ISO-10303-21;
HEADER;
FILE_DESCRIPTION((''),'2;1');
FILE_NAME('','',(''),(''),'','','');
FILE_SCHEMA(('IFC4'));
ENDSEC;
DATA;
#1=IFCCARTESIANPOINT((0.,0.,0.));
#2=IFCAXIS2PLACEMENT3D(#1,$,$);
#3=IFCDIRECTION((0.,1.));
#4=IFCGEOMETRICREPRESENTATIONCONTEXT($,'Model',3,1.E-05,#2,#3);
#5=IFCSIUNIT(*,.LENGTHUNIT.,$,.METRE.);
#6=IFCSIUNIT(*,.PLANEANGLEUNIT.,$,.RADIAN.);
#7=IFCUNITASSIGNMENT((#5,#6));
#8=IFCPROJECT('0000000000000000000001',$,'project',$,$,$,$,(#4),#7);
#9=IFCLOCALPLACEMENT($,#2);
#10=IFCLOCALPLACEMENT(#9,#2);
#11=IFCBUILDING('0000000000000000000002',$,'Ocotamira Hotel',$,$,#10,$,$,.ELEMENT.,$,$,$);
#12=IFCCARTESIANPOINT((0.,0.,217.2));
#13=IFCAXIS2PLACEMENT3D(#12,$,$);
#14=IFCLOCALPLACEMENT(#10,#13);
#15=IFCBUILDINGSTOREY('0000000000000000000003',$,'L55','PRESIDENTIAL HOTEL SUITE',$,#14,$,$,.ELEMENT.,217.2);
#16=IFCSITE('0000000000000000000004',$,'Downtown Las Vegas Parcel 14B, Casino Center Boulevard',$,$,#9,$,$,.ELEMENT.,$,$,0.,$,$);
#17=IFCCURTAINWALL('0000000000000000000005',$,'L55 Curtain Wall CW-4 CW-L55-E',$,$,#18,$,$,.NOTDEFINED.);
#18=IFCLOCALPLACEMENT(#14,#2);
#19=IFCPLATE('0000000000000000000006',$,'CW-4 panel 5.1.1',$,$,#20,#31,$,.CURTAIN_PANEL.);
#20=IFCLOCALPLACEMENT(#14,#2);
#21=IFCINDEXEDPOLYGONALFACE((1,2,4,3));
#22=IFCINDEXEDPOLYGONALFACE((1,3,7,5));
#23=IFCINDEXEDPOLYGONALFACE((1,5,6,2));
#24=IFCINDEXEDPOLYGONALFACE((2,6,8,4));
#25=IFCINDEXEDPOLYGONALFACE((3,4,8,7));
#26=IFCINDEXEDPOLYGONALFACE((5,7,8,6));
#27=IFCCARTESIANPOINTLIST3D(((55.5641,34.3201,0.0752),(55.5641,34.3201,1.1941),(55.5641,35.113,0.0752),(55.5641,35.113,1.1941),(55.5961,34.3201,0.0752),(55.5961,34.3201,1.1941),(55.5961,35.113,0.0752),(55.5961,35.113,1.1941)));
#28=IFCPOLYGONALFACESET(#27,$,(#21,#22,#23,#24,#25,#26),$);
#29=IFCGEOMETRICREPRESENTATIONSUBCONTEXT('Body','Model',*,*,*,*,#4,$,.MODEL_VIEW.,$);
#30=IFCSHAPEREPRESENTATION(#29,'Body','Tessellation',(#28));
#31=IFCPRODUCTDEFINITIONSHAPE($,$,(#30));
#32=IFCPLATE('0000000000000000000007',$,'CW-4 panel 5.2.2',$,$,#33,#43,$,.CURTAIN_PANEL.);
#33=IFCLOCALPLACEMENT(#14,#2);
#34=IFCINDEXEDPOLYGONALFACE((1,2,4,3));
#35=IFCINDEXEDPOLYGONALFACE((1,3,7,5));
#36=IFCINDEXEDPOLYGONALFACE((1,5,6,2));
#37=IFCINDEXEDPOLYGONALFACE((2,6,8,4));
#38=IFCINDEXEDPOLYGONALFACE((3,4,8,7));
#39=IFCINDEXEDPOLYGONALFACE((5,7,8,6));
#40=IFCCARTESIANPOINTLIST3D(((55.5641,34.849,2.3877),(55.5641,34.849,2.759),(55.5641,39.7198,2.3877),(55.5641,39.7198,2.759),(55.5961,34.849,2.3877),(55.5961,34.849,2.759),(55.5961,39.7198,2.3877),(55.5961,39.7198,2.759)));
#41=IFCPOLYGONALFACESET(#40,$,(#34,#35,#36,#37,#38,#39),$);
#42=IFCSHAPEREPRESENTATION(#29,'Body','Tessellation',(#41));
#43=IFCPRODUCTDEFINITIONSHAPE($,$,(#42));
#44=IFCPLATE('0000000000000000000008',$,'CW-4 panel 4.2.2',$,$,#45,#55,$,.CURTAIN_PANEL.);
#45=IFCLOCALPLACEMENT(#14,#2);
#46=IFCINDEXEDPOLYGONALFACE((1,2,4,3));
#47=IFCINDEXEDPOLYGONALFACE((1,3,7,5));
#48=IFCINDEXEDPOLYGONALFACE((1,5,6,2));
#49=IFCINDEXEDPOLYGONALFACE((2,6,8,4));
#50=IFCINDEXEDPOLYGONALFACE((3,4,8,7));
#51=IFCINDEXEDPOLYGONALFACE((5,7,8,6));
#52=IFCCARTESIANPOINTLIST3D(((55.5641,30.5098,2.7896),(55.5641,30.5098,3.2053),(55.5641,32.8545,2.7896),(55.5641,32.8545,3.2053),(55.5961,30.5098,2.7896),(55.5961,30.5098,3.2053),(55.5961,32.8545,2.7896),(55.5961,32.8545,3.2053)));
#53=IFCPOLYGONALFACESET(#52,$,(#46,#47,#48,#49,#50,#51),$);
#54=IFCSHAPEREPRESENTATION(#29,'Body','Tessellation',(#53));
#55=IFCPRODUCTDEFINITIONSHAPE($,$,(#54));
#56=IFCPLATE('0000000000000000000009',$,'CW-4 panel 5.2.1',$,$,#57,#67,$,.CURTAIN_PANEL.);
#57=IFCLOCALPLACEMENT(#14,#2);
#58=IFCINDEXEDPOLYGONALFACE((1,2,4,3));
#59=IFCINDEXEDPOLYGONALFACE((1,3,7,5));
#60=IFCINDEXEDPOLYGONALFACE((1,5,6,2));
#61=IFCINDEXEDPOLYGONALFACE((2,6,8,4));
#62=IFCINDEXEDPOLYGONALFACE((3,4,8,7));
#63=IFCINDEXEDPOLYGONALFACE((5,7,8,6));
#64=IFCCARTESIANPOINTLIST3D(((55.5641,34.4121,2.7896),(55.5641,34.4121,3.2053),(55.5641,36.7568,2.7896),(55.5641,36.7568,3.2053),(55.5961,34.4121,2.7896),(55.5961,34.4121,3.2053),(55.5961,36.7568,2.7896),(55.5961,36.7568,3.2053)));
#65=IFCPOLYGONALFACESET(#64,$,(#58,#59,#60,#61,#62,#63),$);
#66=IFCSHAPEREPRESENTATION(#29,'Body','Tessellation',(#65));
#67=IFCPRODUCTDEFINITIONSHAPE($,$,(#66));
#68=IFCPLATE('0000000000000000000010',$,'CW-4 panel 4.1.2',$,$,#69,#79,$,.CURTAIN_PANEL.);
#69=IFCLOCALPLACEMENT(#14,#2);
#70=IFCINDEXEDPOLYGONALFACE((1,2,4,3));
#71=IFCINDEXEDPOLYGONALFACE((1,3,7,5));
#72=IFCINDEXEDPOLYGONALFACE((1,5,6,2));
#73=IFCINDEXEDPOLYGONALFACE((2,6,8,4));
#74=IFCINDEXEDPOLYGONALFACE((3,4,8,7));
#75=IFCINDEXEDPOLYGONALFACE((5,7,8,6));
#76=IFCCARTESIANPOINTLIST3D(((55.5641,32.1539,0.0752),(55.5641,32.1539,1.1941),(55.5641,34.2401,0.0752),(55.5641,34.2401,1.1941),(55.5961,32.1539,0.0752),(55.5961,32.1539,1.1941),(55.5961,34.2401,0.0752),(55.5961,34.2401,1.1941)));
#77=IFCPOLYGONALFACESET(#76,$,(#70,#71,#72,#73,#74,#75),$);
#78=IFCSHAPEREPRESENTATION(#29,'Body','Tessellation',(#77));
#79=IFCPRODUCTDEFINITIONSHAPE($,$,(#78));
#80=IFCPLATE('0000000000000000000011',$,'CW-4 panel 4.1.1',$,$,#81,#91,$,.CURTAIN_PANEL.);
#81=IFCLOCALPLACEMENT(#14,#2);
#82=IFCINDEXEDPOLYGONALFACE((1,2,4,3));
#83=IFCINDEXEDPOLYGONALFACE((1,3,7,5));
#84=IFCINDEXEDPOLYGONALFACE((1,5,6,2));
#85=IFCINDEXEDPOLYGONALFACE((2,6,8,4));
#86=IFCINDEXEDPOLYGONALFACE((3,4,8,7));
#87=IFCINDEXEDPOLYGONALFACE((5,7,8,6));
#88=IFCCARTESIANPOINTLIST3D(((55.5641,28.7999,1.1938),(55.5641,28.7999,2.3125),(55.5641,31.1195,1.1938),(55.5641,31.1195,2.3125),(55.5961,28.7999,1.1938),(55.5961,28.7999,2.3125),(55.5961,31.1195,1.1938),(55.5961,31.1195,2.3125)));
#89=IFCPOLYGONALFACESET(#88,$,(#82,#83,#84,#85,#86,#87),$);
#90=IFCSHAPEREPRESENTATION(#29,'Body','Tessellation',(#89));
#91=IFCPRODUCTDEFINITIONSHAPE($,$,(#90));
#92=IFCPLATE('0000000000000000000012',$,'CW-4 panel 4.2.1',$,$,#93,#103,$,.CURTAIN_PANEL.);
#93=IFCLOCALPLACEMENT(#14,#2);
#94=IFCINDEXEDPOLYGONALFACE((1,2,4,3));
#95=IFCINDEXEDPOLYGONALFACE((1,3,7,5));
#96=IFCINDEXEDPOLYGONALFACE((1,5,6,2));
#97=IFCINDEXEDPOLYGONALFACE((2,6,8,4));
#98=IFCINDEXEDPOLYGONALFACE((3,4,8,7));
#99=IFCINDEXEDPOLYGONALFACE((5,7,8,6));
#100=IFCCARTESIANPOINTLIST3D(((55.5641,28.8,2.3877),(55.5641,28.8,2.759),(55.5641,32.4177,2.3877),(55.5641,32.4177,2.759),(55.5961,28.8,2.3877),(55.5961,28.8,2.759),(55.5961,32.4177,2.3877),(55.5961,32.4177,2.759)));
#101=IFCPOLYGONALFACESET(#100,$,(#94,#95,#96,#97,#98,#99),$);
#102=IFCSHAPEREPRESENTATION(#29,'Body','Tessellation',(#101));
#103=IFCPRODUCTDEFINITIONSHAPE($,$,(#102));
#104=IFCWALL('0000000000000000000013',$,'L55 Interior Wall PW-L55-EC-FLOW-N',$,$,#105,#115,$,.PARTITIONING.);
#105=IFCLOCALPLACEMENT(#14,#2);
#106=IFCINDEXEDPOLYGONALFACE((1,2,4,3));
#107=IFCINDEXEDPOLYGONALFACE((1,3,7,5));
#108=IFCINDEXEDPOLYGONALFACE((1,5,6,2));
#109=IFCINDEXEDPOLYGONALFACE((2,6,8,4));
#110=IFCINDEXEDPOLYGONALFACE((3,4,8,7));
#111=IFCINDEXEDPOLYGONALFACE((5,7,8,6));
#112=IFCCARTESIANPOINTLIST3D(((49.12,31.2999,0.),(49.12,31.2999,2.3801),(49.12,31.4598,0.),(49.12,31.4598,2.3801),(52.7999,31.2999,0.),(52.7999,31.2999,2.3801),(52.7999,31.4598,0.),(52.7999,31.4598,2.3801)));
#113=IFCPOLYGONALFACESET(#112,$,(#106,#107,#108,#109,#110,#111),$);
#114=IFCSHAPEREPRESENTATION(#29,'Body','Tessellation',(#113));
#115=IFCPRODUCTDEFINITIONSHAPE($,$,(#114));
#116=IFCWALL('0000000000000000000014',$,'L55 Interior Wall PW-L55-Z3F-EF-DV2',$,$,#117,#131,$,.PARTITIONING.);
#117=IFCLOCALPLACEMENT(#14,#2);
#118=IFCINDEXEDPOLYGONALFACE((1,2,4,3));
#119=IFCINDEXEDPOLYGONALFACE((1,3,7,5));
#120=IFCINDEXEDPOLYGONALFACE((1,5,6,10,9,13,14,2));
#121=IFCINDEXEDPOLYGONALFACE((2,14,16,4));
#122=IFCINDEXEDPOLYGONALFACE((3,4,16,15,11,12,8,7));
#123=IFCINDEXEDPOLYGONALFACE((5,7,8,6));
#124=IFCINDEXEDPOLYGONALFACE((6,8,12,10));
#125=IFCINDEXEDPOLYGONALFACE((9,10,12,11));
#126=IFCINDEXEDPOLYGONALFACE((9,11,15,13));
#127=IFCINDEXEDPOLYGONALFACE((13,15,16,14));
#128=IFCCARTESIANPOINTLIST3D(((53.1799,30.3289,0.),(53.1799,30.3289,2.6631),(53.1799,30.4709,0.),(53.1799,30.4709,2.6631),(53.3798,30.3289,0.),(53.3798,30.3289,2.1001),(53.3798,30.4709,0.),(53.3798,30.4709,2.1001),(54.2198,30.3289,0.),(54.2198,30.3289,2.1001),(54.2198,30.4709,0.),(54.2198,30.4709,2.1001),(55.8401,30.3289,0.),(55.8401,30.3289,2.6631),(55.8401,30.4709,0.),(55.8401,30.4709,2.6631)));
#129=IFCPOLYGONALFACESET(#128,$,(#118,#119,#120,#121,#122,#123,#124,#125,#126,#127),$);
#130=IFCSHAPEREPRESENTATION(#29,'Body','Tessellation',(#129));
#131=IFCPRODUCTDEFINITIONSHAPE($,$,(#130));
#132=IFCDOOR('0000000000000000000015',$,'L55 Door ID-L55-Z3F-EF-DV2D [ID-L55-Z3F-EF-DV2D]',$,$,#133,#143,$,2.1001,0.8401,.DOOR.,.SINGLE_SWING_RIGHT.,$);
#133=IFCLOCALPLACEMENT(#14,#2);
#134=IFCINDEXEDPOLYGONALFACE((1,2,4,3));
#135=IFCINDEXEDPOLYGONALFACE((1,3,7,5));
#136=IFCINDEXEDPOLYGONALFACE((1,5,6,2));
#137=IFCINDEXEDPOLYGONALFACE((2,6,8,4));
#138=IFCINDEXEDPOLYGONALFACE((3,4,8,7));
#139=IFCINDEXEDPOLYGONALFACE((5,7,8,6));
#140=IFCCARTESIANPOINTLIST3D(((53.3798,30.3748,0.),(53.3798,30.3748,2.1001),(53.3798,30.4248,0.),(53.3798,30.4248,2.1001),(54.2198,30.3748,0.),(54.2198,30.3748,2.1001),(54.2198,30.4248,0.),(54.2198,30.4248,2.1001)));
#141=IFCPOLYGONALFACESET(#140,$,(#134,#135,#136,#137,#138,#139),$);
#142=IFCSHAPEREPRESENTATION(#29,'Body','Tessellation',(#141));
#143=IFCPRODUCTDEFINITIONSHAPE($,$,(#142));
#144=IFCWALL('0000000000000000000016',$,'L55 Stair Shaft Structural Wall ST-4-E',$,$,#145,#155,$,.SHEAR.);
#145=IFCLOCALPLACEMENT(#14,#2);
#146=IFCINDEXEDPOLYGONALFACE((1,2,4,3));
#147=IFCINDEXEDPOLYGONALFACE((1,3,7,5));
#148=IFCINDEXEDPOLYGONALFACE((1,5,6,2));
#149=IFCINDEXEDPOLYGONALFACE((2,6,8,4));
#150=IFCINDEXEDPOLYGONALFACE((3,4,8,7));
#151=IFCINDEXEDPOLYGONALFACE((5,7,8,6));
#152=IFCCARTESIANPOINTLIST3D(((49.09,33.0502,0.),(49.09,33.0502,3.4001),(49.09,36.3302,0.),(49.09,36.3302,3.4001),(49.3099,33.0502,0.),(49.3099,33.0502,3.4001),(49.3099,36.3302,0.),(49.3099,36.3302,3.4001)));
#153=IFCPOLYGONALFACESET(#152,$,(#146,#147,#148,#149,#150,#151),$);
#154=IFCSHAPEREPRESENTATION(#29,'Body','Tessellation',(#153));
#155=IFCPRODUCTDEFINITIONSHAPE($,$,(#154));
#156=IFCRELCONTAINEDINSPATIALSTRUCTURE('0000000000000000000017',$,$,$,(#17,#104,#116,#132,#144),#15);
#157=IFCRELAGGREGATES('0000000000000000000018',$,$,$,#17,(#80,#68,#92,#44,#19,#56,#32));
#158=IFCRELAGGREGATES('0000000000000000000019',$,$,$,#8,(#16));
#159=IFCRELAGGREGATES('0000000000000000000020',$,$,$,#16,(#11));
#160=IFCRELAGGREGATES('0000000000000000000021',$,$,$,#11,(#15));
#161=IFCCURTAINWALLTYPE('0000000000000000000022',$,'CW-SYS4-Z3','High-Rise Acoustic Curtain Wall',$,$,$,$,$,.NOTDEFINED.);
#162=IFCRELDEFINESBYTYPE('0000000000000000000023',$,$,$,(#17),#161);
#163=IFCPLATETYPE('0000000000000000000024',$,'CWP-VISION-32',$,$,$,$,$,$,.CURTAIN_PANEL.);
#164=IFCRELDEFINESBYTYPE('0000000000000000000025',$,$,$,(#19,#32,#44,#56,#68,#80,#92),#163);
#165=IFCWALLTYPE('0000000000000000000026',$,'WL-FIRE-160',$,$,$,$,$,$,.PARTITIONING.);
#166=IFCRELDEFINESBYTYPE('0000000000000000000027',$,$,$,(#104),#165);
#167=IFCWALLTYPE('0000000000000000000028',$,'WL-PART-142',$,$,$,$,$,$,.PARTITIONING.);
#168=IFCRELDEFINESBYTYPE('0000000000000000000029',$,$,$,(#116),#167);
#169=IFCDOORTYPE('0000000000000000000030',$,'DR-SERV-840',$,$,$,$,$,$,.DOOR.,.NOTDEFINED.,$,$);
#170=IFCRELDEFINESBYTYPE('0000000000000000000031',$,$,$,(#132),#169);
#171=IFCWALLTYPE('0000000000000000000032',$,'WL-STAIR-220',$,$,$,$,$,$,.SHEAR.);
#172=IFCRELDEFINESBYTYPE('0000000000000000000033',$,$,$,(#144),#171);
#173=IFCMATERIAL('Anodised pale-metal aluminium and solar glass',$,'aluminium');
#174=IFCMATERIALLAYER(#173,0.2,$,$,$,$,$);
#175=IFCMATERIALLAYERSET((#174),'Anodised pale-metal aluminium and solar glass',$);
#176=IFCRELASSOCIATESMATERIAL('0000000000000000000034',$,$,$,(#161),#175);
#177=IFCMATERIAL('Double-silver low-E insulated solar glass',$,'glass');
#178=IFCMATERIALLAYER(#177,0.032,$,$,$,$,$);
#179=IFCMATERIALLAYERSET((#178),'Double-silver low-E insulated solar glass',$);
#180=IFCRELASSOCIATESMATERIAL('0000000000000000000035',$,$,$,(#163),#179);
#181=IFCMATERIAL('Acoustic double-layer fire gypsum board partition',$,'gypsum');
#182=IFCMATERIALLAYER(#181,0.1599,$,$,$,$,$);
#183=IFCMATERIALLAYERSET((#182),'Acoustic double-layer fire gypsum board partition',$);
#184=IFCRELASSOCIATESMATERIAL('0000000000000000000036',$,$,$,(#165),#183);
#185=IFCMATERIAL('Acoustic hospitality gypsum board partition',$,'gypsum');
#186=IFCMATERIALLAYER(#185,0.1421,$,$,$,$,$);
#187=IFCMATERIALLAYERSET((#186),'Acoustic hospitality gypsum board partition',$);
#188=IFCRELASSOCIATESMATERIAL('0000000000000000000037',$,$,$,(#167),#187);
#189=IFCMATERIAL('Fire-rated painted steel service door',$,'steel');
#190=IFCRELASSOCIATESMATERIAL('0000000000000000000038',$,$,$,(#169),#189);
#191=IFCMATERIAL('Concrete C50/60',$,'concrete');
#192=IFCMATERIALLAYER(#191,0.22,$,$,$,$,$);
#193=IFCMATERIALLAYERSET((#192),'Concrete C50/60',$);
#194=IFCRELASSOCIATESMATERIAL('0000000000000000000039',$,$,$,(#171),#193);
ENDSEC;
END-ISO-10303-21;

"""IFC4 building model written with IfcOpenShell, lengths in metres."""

from ifc_helpers import new_model, si_unit, direction, frame, frame_2d, origin, origin_2d, place, context, subcontext, project, spatial, rectangle, extrude, source, transform, mapped, material, layer, layer_set, type_object, element, fill, aggregate, save


model = new_model("IFC4")

# Units and contexts
model_context = context("Model", 3, precision=1e-05, world=origin(), true_north=direction((0.0, 1.0)))
body_context = subcontext(model_context, "Body", "Model", "MODEL_VIEW")
ifc_project = project(units=[si_unit("LENGTHUNIT", "METRE"), si_unit("PLANEANGLEUNIT", "RADIAN")], contexts=[model_context])

# Site, building, storey
site_placement = place(None, origin())
site = spatial("IfcSite", under=ifc_project, at=site_placement, Name="Downtown Las Vegas Parcel 14B, Casino Center Boulevard", CompositionType="ELEMENT", RefElevation=0.0)
building_placement = place(site_placement, origin())
building = spatial("IfcBuilding", under=site, at=building_placement, Name="Ocotamira Hotel", CompositionType="ELEMENT")
storey_placement = place(building_placement, frame((0.0, 0.0, 217.2)))
storey = spatial("IfcBuildingStorey", under=building, at=storey_placement, Name="L55", Description="PRESIDENTIAL HOTEL SUITE", CompositionType="ELEMENT", Elevation=217.2)

# Curtain wall
ifc_material_1 = material(Name="Anodised pale-metal aluminium and solar glass", Category="aluminium")
ifc_layer_1 = layer(ifc_material_1, 0.2)
ifc_layer_set_1 = layer_set([ifc_layer_1], Name="Anodised pale-metal aluminium and solar glass")
curtain_wall_type = type_object("IfcCurtainWallType", Name="CW-SYS4-Z3", Description="High-Rise Acoustic Curtain Wall", PredefinedType="NOTDEFINED", material=ifc_layer_set_1)
curtain_wall_placement = place(storey_placement, origin())
curtain_wall = element("IfcCurtainWall", 1, at=curtain_wall_placement, inside=storey, type_object=curtain_wall_type, Name="L55 Curtain Wall CW-4 CW-L55-E", PredefinedType="NOTDEFINED")

# Plates
ifc_material_2 = material(Name="Double-silver low-E insulated solar glass", Category="glass")
ifc_layer_2 = layer(ifc_material_2, 0.032)
ifc_layer_set_2 = layer_set([ifc_layer_2], Name="Double-silver low-E insulated solar glass")
plate_type_1 = type_object("IfcPlateType", Name="CWP-VISION-32", PredefinedType="CURTAIN_PANEL", material=ifc_layer_set_2)
shared_shape_1 = source(origin(), body_context, "Body", "SweptSolid", [
    extrude(rectangle(XDim=0.793, YDim=0.032, at=origin_2d()), origin(), (0.0, 0.0, 1.0), 1.1189),
])
plate_1_placement = place(storey_placement, frame((55.5801, 34.7166, 0.0752), z_axis=(0.0, 0.0, 1.0), x_axis=(0.0, 1.0, 0.0)))
plate_1 = element("IfcPlate", 2, at=plate_1_placement, type_object=plate_type_1, Name="CW-4 panel 5.1.1", PredefinedType="CURTAIN_PANEL", context=body_context, shape_type="MappedRepresentation", body=[
    mapped(shared_shape_1, transform((0.0, 0.0, 0.0), scale=1.0)),
])
shared_shape_2 = source(origin(), body_context, "Body", "SweptSolid", [
    extrude(rectangle(XDim=4.8708, YDim=0.032, at=origin_2d()), origin(), (0.0, 0.0, 1.0), 0.3713),
])
plate_2_placement = place(storey_placement, frame((55.5801, 37.2844, 2.3877), z_axis=(0.0, 0.0, 1.0), x_axis=(0.0, 1.0, 0.0)))
plate_2 = element("IfcPlate", 3, at=plate_2_placement, type_object=plate_type_1, Name="CW-4 panel 5.2.2", PredefinedType="CURTAIN_PANEL", context=body_context, shape_type="MappedRepresentation", body=[
    mapped(shared_shape_2, transform((0.0, 0.0, 0.0), scale=1.0)),
])
shared_shape_3 = source(origin(), body_context, "Body", "SweptSolid", [
    extrude(rectangle(XDim=2.3447, YDim=0.032, at=origin_2d()), origin(), (0.0, 0.0, 1.0), 0.4158),
])
plate_3_placement = place(storey_placement, frame((55.5801, 31.6821, 2.7896), z_axis=(0.0, 0.0, 1.0), x_axis=(0.0, 1.0, 0.0)))
plate_3 = element("IfcPlate", 4, at=plate_3_placement, type_object=plate_type_1, Name="CW-4 panel 4.2.2", PredefinedType="CURTAIN_PANEL", context=body_context, shape_type="MappedRepresentation", body=[
    mapped(shared_shape_3, transform((0.0, 0.0, 0.0), scale=1.0)),
])
plate_4_placement = place(storey_placement, frame((55.5801, 35.5845, 2.7896), z_axis=(0.0, 0.0, 1.0), x_axis=(0.0, 1.0, 0.0)))
plate_4 = element("IfcPlate", 5, at=plate_4_placement, type_object=plate_type_1, Name="CW-4 panel 5.2.1", PredefinedType="CURTAIN_PANEL", context=body_context, shape_type="MappedRepresentation", body=[
    mapped(shared_shape_3, transform((0.0, 0.0, 0.0), scale=1.0)),
])
shared_shape_4 = source(origin(), body_context, "Body", "SweptSolid", [
    extrude(rectangle(XDim=2.0862, YDim=0.032, at=origin_2d()), origin(), (0.0, 0.0, 1.0), 1.1189),
])
plate_5_placement = place(storey_placement, frame((55.5801, 33.197, 0.0752), z_axis=(0.0, 0.0, 1.0), x_axis=(0.0, 1.0, 0.0)))
plate_5 = element("IfcPlate", 6, at=plate_5_placement, type_object=plate_type_1, Name="CW-4 panel 4.1.2", PredefinedType="CURTAIN_PANEL", context=body_context, shape_type="MappedRepresentation", body=[
    mapped(shared_shape_4, transform((0.0, 0.0, 0.0), scale=1.0)),
])
shared_shape_5 = source(origin(), body_context, "Body", "SweptSolid", [
    extrude(rectangle(XDim=2.3196, YDim=0.032, at=origin_2d()), origin(), (0.0, 0.0, 1.0), 1.1187),
])
plate_6_placement = place(storey_placement, frame((55.5801, 29.9597, 1.1938), z_axis=(0.0, 0.0, 1.0), x_axis=(0.0, 1.0, 0.0)))
plate_6 = element("IfcPlate", 7, at=plate_6_placement, type_object=plate_type_1, Name="CW-4 panel 4.1.1", PredefinedType="CURTAIN_PANEL", context=body_context, shape_type="MappedRepresentation", body=[
    mapped(shared_shape_5, transform((0.0, 0.0, 0.0), scale=1.0)),
])
shared_shape_6 = source(origin(), body_context, "Body", "SweptSolid", [
    extrude(rectangle(XDim=3.6177, YDim=0.032, at=origin_2d()), origin(), (0.0, 0.0, 1.0), 0.3713),
])
plate_7_placement = place(storey_placement, frame((55.5801, 30.6089, 2.3877), z_axis=(0.0, 0.0, 1.0), x_axis=(0.0, 1.0, 0.0)))
plate_7 = element("IfcPlate", 8, at=plate_7_placement, type_object=plate_type_1, Name="CW-4 panel 4.2.1", PredefinedType="CURTAIN_PANEL", context=body_context, shape_type="MappedRepresentation", body=[
    mapped(shared_shape_6, transform((0.0, 0.0, 0.0), scale=1.0)),
])
aggregate(curtain_wall, [plate_6, plate_5, plate_7, plate_3, plate_1, plate_4, plate_2])

# Wall
ifc_material_3 = material(Name="Acoustic double-layer fire gypsum board partition", Category="gypsum")
ifc_layer_3 = layer(ifc_material_3, 0.1599)
ifc_layer_set_3 = layer_set([ifc_layer_3], Name="Acoustic double-layer fire gypsum board partition")
wall_type_1 = type_object("IfcWallType", Name="WL-FIRE-160", PredefinedType="PARTITIONING", material=ifc_layer_set_3)
wall_1_placement = place(storey_placement, frame((49.1201, 31.3799, 0.0), z_axis=(0.0, 0.0, 1.0), x_axis=(1.0, 0.0, 0.0)))
element("IfcWall", 9, at=wall_1_placement, inside=storey, type_object=wall_type_1, Name="L55 Interior Wall PW-L55-EC-FLOW-N", PredefinedType="PARTITIONING", context=body_context, shape_type="SweptSolid", body=[
    extrude(rectangle(XDim=3.6799, YDim=0.1599, at=frame_2d((1.8398, 0.0))), origin(), (0.0, 0.0, 1.0), 2.3801),
])

# Wall, opening, door
ifc_material_4 = material(Name="Acoustic hospitality gypsum board partition", Category="gypsum")
ifc_layer_4 = layer(ifc_material_4, 0.1421)
ifc_layer_set_4 = layer_set([ifc_layer_4], Name="Acoustic hospitality gypsum board partition")
wall_type_2 = type_object("IfcWallType", Name="WL-PART-142", PredefinedType="PARTITIONING", material=ifc_layer_set_4)
wall_2_placement = place(storey_placement, frame((53.1799, 30.3999, 0.0), z_axis=(0.0, 0.0, 1.0), x_axis=(1.0, 0.0, 0.0)))
wall_2 = element("IfcWall", 10, at=wall_2_placement, inside=storey, type_object=wall_type_2, Name="L55 Interior Wall PW-L55-Z3F-EF-DV2", PredefinedType="PARTITIONING", context=body_context, shape_type="SweptSolid", body=[
    extrude(rectangle(XDim=2.6602, YDim=0.1421, at=frame_2d((1.3301, 0.0))), origin(), (0.0, 0.0, 1.0), 2.6631),
])
opening_1_placement = place(wall_2_placement, frame((0.2, 0.0, 0.0)))
opening_1 = element("IfcOpeningElement", 11, at=opening_1_placement, cuts=wall_2, PredefinedType="OPENING", context=body_context, shape_type="SweptSolid", body=[
    extrude(rectangle(XDim=0.8401, YDim=2.1001, at=frame_2d((0.4199, 1.05))), frame((0.0, 0.0811, 0.0), z_axis=(0.0, -1.0, 0.0), x_axis=(1.0, 0.0, 0.0)), (0.0, 0.0, 1.0), 0.1621),
])
ifc_material_5 = material(Name="Fire-rated painted steel service door", Category="steel")
door_type_1 = type_object("IfcDoorType", Name="DR-SERV-840", OperationType="NOTDEFINED", PredefinedType="DOOR", material=ifc_material_5)
shared_shape_7 = source(origin(), body_context, "Body", "SweptSolid", [
    extrude(rectangle(XDim=0.8401, YDim=2.1001, at=frame_2d((0.4199, 1.05))), frame((0.0, 0.0249, 0.0), z_axis=(0.0, -1.0, 0.0), x_axis=(1.0, 0.0, 0.0)), (0.0, 0.0, 1.0), 0.05),
])
door_1_placement = place(opening_1_placement, origin())
door_1 = element("IfcDoor", 12, at=door_1_placement, inside=storey, type_object=door_type_1, Name="L55 Door ID-L55-Z3F-EF-DV2D [ID-L55-Z3F-EF-DV2D]", OperationType="SINGLE_SWING_RIGHT", OverallHeight=2.1001, OverallWidth=0.8401, PredefinedType="DOOR", context=body_context, shape_type="MappedRepresentation", body=[
    mapped(shared_shape_7, transform((0.0, 0.0, 0.0), scale=1.0)),
])
fill(opening_1, door_1)

# Wall
ifc_material_6 = material(Name="Concrete C50/60", Category="concrete")
ifc_layer_5 = layer(ifc_material_6, 0.22)
ifc_layer_set_5 = layer_set([ifc_layer_5], Name="Concrete C50/60")
wall_type_3 = type_object("IfcWallType", Name="WL-STAIR-220", PredefinedType="SHEAR", material=ifc_layer_set_5)
wall_3_placement = place(storey_placement, frame((49.2, 33.05, 0.0), z_axis=(0.0, 0.0, 1.0), x_axis=(0.0, 1.0, 0.0)))
element("IfcWall", 13, at=wall_3_placement, inside=storey, type_object=wall_type_3, Name="L55 Stair Shaft Structural Wall ST-4-E", PredefinedType="SHEAR", context=body_context, shape_type="SweptSolid", body=[
    extrude(rectangle(XDim=3.28, YDim=0.22, at=frame_2d((1.6401, 0.0))), origin(), (0.0, 0.0, 1.0), 3.4001),
])

save(model, "model.ifc")
